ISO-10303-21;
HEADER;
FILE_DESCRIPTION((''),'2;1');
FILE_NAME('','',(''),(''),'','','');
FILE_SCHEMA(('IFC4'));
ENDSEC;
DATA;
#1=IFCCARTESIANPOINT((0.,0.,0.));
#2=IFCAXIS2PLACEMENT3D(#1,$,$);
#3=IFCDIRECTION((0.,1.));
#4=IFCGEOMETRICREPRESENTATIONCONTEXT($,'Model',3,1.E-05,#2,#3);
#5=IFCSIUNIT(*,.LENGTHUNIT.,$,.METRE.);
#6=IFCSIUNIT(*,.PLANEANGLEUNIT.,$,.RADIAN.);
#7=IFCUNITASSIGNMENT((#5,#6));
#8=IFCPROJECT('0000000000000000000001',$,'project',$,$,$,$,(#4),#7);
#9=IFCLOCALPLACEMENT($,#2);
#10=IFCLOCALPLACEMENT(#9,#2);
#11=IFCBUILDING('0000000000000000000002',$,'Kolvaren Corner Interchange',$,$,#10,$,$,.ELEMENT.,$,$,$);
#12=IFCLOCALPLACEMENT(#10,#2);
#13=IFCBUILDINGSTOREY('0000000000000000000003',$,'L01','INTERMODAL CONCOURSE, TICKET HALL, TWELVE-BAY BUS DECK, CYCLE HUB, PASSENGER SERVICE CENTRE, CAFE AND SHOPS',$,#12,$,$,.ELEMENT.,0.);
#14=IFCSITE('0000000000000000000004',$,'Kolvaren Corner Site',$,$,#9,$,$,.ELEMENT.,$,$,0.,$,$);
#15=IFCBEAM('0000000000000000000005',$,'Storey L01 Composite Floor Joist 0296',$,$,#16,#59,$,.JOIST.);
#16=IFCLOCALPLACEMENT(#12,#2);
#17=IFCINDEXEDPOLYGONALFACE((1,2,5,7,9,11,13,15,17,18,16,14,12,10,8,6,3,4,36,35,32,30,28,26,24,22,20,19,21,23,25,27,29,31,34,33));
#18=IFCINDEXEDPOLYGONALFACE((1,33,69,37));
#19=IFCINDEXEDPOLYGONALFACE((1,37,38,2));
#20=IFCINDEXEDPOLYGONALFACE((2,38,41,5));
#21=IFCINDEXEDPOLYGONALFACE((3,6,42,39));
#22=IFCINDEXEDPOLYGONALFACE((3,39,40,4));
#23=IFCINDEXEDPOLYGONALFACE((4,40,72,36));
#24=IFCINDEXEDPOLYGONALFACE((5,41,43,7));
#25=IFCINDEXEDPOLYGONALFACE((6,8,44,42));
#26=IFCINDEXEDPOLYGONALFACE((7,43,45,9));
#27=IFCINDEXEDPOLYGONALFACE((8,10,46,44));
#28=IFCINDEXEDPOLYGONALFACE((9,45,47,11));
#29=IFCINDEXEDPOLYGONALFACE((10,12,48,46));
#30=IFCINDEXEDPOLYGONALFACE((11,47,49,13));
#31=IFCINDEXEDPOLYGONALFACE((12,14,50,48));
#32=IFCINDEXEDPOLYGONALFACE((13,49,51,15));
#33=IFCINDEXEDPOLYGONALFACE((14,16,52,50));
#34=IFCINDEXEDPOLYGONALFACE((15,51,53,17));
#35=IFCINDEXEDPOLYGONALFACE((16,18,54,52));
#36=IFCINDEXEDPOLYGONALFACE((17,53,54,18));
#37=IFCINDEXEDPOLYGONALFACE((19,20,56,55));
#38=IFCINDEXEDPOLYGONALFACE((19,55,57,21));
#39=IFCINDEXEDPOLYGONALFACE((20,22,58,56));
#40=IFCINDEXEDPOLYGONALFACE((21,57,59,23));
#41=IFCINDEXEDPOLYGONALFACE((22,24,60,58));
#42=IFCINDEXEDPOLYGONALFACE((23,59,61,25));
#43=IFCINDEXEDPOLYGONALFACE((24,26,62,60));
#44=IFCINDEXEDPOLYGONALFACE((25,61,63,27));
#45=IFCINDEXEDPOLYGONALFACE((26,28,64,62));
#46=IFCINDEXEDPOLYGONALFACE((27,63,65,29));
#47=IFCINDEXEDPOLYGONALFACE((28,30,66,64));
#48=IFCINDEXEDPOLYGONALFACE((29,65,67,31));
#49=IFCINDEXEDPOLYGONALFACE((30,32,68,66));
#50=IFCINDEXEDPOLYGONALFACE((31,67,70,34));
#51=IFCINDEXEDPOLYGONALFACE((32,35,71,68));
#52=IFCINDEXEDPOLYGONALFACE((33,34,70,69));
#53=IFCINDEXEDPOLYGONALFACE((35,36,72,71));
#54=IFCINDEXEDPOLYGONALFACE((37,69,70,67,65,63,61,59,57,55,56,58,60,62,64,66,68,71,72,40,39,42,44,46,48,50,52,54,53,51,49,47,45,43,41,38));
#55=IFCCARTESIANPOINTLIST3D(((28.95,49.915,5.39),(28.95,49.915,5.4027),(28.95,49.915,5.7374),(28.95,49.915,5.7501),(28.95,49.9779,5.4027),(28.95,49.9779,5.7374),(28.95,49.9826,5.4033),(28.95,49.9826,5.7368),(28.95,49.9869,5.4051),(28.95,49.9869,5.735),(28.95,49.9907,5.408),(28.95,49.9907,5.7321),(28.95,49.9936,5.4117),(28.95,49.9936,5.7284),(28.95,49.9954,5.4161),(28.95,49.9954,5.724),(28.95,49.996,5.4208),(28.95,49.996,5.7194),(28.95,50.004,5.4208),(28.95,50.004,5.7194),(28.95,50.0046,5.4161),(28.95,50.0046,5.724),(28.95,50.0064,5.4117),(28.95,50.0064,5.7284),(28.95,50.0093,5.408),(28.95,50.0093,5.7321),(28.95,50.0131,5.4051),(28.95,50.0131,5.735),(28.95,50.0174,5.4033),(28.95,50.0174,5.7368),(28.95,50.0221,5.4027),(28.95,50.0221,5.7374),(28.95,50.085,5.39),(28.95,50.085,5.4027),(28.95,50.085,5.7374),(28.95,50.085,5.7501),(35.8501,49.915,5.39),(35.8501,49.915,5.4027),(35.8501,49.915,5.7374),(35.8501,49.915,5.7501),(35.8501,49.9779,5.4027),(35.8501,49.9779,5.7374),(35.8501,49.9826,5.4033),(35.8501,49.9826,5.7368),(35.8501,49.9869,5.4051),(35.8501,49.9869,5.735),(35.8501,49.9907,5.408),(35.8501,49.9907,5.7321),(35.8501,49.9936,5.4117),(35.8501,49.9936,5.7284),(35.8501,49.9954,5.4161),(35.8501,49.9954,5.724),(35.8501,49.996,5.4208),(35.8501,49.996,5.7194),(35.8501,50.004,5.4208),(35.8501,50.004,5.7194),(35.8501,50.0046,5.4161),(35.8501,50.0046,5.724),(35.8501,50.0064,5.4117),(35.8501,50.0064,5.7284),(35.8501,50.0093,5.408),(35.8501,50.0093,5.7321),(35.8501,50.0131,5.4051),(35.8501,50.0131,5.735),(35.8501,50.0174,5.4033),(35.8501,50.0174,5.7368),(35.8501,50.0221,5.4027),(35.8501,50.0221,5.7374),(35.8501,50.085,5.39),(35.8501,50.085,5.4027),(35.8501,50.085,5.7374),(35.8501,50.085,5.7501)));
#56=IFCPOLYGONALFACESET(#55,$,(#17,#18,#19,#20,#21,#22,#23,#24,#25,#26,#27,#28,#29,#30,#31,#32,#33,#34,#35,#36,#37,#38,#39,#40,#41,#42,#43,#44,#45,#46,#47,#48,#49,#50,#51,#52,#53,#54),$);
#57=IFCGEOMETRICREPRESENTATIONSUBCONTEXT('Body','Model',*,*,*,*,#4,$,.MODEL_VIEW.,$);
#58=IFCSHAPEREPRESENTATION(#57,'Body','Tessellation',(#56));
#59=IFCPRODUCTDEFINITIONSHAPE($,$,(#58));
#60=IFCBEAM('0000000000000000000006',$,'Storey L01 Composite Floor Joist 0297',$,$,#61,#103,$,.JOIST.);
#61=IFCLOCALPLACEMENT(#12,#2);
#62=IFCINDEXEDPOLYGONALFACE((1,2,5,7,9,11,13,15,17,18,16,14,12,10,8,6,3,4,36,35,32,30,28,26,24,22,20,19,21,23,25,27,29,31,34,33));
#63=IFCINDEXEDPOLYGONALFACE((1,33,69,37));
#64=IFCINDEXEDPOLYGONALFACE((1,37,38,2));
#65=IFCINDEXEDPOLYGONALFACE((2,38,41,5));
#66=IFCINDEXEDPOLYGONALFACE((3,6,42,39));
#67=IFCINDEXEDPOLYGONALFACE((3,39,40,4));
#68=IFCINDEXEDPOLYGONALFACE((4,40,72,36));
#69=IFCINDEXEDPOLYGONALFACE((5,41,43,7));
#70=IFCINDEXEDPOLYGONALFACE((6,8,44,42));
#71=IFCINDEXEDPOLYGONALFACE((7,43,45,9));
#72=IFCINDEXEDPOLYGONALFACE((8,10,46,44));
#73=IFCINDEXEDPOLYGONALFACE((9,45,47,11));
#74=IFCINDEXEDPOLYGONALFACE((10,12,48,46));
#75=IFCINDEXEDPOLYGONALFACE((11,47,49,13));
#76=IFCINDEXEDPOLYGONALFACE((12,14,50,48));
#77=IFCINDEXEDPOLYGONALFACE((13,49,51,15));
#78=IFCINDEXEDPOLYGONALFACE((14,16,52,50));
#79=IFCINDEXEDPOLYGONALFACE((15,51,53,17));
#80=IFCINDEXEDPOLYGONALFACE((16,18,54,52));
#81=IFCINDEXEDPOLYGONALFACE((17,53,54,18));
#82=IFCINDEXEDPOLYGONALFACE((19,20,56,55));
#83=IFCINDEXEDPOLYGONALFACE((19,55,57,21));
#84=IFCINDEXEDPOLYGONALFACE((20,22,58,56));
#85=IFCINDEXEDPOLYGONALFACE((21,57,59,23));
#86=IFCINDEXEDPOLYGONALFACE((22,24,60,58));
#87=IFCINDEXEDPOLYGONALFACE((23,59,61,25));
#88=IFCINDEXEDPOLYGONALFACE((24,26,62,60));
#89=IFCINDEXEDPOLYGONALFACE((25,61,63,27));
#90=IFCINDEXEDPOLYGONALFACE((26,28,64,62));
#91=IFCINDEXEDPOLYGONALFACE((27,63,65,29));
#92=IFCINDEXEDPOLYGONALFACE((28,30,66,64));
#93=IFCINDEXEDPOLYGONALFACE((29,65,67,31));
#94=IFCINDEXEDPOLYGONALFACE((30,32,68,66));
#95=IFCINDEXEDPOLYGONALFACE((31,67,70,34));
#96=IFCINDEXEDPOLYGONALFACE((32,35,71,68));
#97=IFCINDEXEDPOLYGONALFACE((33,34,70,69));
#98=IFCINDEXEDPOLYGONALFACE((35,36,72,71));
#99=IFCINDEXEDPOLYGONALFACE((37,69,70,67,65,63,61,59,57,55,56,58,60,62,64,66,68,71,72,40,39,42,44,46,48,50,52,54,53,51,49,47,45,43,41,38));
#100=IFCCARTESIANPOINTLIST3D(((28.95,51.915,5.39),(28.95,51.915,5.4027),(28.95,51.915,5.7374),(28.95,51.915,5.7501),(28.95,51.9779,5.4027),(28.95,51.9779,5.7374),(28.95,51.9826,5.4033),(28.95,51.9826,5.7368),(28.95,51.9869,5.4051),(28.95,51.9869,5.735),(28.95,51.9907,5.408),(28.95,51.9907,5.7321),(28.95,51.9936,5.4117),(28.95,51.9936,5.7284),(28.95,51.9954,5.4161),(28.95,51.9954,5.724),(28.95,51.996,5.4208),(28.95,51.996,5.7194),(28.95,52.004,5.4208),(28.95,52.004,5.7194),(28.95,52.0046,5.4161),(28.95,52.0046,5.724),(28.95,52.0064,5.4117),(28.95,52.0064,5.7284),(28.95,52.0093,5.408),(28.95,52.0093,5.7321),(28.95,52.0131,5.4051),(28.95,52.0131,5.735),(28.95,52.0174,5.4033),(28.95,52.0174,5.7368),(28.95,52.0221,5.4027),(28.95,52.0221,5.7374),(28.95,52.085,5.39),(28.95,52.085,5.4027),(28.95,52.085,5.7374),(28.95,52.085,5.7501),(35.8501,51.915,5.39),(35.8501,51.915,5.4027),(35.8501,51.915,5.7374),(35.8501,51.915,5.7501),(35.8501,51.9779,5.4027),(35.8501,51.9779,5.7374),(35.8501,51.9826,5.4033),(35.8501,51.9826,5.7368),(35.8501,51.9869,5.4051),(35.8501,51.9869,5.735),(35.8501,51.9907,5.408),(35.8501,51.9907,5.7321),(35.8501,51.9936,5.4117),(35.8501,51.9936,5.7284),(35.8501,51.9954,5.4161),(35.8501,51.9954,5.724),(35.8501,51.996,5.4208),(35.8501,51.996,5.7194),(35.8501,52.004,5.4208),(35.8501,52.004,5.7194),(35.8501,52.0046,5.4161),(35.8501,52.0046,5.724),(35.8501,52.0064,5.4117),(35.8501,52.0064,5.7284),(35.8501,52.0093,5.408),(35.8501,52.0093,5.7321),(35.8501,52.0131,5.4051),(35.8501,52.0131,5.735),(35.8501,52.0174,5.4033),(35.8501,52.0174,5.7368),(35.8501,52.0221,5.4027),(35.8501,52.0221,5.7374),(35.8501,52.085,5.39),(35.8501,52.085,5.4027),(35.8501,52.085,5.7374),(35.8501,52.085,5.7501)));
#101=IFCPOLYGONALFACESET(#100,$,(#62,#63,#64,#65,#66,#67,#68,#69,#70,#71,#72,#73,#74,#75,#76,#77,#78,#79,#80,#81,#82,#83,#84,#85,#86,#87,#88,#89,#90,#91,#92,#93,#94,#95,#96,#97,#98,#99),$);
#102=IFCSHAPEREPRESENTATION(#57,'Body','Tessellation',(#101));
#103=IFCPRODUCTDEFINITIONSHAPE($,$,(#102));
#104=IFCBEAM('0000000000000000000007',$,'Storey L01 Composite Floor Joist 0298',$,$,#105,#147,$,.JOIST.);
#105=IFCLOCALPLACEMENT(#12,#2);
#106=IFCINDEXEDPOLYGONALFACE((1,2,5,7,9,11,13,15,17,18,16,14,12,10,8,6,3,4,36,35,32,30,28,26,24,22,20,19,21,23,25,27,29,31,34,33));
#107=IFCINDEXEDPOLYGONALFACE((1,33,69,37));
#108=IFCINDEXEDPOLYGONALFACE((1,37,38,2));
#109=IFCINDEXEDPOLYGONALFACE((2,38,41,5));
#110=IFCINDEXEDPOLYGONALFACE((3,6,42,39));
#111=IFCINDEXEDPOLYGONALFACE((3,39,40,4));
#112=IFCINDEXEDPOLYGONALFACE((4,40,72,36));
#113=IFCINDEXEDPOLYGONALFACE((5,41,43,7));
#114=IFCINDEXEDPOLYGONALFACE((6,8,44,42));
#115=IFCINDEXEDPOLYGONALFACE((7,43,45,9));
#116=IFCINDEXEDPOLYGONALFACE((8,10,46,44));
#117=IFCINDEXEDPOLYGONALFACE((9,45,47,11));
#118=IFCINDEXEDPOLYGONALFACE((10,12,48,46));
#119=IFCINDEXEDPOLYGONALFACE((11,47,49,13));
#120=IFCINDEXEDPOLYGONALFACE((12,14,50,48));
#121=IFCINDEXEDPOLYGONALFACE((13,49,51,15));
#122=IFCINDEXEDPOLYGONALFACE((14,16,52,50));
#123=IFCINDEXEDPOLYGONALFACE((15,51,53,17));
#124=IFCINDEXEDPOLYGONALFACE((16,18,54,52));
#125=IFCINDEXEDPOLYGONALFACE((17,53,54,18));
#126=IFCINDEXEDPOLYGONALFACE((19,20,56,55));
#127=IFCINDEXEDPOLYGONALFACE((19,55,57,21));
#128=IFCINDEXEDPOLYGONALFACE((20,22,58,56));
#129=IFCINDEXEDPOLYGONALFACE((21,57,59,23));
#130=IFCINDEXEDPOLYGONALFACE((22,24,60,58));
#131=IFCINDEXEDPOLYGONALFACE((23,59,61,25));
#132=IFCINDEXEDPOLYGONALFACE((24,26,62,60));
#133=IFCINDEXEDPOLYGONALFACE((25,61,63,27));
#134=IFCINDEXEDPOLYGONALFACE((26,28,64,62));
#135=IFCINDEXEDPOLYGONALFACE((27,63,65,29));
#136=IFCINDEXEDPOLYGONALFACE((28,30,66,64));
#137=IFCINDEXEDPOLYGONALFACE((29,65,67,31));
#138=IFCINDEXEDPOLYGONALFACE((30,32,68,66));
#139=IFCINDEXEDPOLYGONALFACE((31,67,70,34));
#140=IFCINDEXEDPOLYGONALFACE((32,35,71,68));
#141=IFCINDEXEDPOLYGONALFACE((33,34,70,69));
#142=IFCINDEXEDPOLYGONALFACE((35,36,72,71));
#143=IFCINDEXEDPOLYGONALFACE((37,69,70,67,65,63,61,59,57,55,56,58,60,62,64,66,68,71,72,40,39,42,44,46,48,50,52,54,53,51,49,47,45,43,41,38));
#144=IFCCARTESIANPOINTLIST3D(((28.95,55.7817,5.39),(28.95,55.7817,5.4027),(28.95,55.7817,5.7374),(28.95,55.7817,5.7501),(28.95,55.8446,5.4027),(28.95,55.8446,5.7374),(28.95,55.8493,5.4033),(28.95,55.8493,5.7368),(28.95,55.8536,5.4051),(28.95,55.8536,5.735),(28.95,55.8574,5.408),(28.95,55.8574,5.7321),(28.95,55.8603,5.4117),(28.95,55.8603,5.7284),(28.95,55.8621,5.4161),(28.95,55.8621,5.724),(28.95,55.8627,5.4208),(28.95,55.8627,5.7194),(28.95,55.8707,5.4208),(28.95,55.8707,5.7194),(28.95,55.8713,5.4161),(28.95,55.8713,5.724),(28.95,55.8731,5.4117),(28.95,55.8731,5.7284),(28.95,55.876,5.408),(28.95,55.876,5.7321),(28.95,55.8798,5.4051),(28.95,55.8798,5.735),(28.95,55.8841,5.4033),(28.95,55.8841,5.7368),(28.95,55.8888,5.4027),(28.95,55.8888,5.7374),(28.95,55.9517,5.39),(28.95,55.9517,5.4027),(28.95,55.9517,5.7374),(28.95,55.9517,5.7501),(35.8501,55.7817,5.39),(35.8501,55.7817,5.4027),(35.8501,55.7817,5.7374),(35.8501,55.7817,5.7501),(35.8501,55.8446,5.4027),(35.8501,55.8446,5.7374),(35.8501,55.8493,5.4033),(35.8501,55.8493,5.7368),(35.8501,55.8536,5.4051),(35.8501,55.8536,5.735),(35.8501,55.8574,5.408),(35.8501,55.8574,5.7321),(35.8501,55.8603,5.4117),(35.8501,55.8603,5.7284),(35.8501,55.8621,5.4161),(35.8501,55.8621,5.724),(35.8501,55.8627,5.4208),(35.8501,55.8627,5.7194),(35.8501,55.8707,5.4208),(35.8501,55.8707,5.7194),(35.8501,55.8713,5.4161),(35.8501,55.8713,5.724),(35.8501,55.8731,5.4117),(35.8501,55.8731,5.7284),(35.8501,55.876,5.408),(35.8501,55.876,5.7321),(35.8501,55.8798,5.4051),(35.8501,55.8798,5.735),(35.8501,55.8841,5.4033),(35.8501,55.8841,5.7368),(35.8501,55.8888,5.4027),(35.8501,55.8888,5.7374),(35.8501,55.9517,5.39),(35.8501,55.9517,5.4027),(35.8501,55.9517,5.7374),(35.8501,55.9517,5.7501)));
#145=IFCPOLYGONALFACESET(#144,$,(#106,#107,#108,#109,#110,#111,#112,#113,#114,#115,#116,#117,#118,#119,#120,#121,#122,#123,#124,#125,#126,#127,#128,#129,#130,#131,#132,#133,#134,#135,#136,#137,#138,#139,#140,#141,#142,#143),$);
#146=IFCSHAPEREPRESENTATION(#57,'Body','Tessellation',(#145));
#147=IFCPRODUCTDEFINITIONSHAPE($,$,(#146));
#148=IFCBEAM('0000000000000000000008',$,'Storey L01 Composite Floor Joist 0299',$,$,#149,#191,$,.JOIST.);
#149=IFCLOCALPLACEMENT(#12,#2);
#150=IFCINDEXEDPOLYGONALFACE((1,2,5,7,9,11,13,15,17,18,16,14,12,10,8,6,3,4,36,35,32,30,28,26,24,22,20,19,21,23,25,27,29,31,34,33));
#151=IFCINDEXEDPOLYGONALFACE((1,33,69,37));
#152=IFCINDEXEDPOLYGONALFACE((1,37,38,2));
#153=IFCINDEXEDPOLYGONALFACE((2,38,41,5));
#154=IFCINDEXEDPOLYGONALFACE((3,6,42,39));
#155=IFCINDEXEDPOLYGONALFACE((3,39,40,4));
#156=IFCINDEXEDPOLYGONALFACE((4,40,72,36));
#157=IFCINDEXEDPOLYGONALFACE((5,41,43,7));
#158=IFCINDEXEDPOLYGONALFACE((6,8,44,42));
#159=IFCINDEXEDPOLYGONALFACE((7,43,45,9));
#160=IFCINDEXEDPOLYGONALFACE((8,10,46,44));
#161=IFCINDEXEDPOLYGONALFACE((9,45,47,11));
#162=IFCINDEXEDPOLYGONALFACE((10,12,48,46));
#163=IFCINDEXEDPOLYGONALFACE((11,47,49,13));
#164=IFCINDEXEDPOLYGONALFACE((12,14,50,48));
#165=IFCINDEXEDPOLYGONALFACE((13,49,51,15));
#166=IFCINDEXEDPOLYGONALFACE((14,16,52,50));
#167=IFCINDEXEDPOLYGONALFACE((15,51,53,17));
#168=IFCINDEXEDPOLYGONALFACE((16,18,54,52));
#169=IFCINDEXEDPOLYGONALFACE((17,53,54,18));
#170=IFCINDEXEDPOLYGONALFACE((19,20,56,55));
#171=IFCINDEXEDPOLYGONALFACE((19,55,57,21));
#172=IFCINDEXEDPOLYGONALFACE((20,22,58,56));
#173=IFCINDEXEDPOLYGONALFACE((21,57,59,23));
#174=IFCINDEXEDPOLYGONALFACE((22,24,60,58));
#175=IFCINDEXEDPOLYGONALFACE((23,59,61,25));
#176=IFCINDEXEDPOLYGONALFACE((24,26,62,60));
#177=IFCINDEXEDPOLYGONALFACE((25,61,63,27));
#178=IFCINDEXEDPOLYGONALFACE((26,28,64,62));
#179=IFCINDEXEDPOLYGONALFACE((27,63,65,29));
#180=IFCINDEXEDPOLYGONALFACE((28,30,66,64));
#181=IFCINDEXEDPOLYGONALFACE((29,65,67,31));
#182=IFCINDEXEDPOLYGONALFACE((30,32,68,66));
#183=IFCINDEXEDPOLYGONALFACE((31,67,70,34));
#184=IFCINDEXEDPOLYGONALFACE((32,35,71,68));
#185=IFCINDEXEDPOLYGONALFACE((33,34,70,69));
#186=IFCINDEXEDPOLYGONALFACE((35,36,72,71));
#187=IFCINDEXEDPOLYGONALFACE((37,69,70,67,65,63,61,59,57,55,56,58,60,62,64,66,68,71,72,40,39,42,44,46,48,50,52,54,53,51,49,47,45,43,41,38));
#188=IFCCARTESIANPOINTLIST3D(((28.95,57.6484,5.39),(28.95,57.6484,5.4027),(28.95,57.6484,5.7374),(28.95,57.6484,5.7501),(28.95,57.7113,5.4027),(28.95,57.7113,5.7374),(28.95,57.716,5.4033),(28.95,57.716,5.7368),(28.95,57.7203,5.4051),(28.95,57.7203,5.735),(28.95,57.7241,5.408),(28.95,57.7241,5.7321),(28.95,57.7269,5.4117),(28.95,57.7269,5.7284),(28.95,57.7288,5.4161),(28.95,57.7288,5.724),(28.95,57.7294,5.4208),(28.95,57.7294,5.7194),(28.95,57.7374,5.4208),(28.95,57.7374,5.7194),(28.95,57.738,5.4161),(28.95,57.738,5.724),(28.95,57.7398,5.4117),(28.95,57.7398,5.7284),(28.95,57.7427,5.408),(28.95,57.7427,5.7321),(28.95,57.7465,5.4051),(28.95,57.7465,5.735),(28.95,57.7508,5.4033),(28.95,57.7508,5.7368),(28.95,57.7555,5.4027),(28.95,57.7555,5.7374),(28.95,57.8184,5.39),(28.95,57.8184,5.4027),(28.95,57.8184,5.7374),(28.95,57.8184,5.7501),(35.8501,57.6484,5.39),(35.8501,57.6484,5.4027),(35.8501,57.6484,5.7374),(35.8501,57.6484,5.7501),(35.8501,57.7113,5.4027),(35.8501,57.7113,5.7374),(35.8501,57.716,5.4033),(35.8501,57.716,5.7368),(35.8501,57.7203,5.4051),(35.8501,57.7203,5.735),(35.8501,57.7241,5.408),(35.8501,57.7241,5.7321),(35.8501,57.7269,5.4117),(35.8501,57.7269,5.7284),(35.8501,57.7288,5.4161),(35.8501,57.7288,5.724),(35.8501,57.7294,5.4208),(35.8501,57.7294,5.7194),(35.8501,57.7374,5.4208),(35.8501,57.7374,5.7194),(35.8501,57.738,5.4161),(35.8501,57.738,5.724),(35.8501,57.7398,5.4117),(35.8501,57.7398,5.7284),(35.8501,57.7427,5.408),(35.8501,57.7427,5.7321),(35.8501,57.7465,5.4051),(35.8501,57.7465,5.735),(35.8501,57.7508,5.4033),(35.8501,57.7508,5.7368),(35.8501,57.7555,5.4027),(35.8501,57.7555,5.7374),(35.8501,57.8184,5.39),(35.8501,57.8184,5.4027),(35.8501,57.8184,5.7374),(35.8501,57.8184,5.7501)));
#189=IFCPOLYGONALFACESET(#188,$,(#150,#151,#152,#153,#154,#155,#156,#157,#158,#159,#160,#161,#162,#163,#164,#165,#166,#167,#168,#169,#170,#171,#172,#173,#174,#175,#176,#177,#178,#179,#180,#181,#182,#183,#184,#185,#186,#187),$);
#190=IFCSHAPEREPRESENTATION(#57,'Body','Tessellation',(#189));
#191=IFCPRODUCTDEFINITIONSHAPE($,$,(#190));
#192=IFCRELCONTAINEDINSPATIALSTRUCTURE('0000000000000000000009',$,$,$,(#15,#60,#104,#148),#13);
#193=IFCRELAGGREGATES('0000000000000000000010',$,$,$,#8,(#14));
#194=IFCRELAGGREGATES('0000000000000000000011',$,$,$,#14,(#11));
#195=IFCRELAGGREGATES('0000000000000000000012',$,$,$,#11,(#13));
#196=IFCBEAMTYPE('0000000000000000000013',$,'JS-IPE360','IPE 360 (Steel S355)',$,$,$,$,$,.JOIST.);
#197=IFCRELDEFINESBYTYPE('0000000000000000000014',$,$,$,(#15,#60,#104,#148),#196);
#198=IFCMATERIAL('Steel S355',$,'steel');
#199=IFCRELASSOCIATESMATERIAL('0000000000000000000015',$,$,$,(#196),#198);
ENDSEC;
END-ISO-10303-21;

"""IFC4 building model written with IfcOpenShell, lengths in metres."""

from ifc_helpers import new_model, si_unit, direction, frame, origin, origin_2d, place, context, subcontext, project, spatial, i_section, extrude, material, material_profile, profile_set, type_object, element, save


model = new_model("IFC4")

# Units and contexts
model_context = context("Model", 3, precision=1e-05, world=origin(), true_north=direction((0.0, 1.0)))
body_context = subcontext(model_context, "Body", "Model", "MODEL_VIEW")
ifc_project = project(units=[si_unit("LENGTHUNIT", "METRE"), si_unit("PLANEANGLEUNIT", "RADIAN")], contexts=[model_context])

# Site, building, storey
site_placement = place(None, origin())
site = spatial("IfcSite", under=ifc_project, at=site_placement, Name="Kolvaren Corner Site", CompositionType="ELEMENT", RefElevation=0.0)
building_placement = place(site_placement, origin())
building = spatial("IfcBuilding", under=site, at=building_placement, Name="Kolvaren Corner Interchange", CompositionType="ELEMENT")
storey_placement = place(building_placement, origin())
storey = spatial("IfcBuildingStorey", under=building, at=storey_placement, Name="L01", Description="INTERMODAL CONCOURSE, TICKET HALL, TWELVE-BAY BUS DECK, CYCLE HUB, PASSENGER SERVICE CENTRE, CAFE AND SHOPS", CompositionType="ELEMENT", Elevation=0.0)

# Beams
ifc_material_1 = material(Name="Steel S355", Category="steel")
ifc_material_profile_1 = material_profile(ifc_material_1, i_section(OverallWidth=0.1699, OverallDepth=0.3601, WebThickness=0.0081, FlangeThickness=0.0127, FilletRadius=0.0181, at=origin_2d()), Name="IPE 360")
ifc_profile_set_1 = profile_set([ifc_material_profile_1], Name="Steel S355")
beam_type_1 = type_object("IfcBeamType", Name="JS-IPE360", Description="IPE 360 (Steel S355)", PredefinedType="JOIST", material=ifc_profile_set_1)
for number, where, z_axis, x_axis, name in (
    (1, (28.95, 50.0, 5.5701), (1.0, 0.0, 0.0), (0.0, 1.0, 0.0), "Storey L01 Composite Floor Joist 0296"),
    (2, (28.95, 52.0, 5.5701), (1.0, 0.0, 0.0), (0.0, 1.0, 0.0), "Storey L01 Composite Floor Joist 0297"),
    (3, (28.95, 55.8667, 5.5701), (1.0, 0.0, 0.0), (0.0, 1.0, 0.0), "Storey L01 Composite Floor Joist 0298"),
    (4, (28.95, 57.7334, 5.5701), (1.0, 0.0, 0.0), (0.0, 1.0, 0.0), "Storey L01 Composite Floor Joist 0299"),
):
    element("IfcBeam", number, at=place(storey_placement, frame(where, z_axis=z_axis, x_axis=x_axis)), inside=storey, type_object=beam_type_1, Name=name, PredefinedType="JOIST", context=body_context, shape_type="SweptSolid", body=[
        extrude(i_section(OverallWidth=0.1699, OverallDepth=0.3601, WebThickness=0.0081, FlangeThickness=0.0127, FilletRadius=0.0181, at=origin_2d()), origin(), (0.0, 0.0, 1.0), 6.9001),
    ])

save(model, "model.ifc")
